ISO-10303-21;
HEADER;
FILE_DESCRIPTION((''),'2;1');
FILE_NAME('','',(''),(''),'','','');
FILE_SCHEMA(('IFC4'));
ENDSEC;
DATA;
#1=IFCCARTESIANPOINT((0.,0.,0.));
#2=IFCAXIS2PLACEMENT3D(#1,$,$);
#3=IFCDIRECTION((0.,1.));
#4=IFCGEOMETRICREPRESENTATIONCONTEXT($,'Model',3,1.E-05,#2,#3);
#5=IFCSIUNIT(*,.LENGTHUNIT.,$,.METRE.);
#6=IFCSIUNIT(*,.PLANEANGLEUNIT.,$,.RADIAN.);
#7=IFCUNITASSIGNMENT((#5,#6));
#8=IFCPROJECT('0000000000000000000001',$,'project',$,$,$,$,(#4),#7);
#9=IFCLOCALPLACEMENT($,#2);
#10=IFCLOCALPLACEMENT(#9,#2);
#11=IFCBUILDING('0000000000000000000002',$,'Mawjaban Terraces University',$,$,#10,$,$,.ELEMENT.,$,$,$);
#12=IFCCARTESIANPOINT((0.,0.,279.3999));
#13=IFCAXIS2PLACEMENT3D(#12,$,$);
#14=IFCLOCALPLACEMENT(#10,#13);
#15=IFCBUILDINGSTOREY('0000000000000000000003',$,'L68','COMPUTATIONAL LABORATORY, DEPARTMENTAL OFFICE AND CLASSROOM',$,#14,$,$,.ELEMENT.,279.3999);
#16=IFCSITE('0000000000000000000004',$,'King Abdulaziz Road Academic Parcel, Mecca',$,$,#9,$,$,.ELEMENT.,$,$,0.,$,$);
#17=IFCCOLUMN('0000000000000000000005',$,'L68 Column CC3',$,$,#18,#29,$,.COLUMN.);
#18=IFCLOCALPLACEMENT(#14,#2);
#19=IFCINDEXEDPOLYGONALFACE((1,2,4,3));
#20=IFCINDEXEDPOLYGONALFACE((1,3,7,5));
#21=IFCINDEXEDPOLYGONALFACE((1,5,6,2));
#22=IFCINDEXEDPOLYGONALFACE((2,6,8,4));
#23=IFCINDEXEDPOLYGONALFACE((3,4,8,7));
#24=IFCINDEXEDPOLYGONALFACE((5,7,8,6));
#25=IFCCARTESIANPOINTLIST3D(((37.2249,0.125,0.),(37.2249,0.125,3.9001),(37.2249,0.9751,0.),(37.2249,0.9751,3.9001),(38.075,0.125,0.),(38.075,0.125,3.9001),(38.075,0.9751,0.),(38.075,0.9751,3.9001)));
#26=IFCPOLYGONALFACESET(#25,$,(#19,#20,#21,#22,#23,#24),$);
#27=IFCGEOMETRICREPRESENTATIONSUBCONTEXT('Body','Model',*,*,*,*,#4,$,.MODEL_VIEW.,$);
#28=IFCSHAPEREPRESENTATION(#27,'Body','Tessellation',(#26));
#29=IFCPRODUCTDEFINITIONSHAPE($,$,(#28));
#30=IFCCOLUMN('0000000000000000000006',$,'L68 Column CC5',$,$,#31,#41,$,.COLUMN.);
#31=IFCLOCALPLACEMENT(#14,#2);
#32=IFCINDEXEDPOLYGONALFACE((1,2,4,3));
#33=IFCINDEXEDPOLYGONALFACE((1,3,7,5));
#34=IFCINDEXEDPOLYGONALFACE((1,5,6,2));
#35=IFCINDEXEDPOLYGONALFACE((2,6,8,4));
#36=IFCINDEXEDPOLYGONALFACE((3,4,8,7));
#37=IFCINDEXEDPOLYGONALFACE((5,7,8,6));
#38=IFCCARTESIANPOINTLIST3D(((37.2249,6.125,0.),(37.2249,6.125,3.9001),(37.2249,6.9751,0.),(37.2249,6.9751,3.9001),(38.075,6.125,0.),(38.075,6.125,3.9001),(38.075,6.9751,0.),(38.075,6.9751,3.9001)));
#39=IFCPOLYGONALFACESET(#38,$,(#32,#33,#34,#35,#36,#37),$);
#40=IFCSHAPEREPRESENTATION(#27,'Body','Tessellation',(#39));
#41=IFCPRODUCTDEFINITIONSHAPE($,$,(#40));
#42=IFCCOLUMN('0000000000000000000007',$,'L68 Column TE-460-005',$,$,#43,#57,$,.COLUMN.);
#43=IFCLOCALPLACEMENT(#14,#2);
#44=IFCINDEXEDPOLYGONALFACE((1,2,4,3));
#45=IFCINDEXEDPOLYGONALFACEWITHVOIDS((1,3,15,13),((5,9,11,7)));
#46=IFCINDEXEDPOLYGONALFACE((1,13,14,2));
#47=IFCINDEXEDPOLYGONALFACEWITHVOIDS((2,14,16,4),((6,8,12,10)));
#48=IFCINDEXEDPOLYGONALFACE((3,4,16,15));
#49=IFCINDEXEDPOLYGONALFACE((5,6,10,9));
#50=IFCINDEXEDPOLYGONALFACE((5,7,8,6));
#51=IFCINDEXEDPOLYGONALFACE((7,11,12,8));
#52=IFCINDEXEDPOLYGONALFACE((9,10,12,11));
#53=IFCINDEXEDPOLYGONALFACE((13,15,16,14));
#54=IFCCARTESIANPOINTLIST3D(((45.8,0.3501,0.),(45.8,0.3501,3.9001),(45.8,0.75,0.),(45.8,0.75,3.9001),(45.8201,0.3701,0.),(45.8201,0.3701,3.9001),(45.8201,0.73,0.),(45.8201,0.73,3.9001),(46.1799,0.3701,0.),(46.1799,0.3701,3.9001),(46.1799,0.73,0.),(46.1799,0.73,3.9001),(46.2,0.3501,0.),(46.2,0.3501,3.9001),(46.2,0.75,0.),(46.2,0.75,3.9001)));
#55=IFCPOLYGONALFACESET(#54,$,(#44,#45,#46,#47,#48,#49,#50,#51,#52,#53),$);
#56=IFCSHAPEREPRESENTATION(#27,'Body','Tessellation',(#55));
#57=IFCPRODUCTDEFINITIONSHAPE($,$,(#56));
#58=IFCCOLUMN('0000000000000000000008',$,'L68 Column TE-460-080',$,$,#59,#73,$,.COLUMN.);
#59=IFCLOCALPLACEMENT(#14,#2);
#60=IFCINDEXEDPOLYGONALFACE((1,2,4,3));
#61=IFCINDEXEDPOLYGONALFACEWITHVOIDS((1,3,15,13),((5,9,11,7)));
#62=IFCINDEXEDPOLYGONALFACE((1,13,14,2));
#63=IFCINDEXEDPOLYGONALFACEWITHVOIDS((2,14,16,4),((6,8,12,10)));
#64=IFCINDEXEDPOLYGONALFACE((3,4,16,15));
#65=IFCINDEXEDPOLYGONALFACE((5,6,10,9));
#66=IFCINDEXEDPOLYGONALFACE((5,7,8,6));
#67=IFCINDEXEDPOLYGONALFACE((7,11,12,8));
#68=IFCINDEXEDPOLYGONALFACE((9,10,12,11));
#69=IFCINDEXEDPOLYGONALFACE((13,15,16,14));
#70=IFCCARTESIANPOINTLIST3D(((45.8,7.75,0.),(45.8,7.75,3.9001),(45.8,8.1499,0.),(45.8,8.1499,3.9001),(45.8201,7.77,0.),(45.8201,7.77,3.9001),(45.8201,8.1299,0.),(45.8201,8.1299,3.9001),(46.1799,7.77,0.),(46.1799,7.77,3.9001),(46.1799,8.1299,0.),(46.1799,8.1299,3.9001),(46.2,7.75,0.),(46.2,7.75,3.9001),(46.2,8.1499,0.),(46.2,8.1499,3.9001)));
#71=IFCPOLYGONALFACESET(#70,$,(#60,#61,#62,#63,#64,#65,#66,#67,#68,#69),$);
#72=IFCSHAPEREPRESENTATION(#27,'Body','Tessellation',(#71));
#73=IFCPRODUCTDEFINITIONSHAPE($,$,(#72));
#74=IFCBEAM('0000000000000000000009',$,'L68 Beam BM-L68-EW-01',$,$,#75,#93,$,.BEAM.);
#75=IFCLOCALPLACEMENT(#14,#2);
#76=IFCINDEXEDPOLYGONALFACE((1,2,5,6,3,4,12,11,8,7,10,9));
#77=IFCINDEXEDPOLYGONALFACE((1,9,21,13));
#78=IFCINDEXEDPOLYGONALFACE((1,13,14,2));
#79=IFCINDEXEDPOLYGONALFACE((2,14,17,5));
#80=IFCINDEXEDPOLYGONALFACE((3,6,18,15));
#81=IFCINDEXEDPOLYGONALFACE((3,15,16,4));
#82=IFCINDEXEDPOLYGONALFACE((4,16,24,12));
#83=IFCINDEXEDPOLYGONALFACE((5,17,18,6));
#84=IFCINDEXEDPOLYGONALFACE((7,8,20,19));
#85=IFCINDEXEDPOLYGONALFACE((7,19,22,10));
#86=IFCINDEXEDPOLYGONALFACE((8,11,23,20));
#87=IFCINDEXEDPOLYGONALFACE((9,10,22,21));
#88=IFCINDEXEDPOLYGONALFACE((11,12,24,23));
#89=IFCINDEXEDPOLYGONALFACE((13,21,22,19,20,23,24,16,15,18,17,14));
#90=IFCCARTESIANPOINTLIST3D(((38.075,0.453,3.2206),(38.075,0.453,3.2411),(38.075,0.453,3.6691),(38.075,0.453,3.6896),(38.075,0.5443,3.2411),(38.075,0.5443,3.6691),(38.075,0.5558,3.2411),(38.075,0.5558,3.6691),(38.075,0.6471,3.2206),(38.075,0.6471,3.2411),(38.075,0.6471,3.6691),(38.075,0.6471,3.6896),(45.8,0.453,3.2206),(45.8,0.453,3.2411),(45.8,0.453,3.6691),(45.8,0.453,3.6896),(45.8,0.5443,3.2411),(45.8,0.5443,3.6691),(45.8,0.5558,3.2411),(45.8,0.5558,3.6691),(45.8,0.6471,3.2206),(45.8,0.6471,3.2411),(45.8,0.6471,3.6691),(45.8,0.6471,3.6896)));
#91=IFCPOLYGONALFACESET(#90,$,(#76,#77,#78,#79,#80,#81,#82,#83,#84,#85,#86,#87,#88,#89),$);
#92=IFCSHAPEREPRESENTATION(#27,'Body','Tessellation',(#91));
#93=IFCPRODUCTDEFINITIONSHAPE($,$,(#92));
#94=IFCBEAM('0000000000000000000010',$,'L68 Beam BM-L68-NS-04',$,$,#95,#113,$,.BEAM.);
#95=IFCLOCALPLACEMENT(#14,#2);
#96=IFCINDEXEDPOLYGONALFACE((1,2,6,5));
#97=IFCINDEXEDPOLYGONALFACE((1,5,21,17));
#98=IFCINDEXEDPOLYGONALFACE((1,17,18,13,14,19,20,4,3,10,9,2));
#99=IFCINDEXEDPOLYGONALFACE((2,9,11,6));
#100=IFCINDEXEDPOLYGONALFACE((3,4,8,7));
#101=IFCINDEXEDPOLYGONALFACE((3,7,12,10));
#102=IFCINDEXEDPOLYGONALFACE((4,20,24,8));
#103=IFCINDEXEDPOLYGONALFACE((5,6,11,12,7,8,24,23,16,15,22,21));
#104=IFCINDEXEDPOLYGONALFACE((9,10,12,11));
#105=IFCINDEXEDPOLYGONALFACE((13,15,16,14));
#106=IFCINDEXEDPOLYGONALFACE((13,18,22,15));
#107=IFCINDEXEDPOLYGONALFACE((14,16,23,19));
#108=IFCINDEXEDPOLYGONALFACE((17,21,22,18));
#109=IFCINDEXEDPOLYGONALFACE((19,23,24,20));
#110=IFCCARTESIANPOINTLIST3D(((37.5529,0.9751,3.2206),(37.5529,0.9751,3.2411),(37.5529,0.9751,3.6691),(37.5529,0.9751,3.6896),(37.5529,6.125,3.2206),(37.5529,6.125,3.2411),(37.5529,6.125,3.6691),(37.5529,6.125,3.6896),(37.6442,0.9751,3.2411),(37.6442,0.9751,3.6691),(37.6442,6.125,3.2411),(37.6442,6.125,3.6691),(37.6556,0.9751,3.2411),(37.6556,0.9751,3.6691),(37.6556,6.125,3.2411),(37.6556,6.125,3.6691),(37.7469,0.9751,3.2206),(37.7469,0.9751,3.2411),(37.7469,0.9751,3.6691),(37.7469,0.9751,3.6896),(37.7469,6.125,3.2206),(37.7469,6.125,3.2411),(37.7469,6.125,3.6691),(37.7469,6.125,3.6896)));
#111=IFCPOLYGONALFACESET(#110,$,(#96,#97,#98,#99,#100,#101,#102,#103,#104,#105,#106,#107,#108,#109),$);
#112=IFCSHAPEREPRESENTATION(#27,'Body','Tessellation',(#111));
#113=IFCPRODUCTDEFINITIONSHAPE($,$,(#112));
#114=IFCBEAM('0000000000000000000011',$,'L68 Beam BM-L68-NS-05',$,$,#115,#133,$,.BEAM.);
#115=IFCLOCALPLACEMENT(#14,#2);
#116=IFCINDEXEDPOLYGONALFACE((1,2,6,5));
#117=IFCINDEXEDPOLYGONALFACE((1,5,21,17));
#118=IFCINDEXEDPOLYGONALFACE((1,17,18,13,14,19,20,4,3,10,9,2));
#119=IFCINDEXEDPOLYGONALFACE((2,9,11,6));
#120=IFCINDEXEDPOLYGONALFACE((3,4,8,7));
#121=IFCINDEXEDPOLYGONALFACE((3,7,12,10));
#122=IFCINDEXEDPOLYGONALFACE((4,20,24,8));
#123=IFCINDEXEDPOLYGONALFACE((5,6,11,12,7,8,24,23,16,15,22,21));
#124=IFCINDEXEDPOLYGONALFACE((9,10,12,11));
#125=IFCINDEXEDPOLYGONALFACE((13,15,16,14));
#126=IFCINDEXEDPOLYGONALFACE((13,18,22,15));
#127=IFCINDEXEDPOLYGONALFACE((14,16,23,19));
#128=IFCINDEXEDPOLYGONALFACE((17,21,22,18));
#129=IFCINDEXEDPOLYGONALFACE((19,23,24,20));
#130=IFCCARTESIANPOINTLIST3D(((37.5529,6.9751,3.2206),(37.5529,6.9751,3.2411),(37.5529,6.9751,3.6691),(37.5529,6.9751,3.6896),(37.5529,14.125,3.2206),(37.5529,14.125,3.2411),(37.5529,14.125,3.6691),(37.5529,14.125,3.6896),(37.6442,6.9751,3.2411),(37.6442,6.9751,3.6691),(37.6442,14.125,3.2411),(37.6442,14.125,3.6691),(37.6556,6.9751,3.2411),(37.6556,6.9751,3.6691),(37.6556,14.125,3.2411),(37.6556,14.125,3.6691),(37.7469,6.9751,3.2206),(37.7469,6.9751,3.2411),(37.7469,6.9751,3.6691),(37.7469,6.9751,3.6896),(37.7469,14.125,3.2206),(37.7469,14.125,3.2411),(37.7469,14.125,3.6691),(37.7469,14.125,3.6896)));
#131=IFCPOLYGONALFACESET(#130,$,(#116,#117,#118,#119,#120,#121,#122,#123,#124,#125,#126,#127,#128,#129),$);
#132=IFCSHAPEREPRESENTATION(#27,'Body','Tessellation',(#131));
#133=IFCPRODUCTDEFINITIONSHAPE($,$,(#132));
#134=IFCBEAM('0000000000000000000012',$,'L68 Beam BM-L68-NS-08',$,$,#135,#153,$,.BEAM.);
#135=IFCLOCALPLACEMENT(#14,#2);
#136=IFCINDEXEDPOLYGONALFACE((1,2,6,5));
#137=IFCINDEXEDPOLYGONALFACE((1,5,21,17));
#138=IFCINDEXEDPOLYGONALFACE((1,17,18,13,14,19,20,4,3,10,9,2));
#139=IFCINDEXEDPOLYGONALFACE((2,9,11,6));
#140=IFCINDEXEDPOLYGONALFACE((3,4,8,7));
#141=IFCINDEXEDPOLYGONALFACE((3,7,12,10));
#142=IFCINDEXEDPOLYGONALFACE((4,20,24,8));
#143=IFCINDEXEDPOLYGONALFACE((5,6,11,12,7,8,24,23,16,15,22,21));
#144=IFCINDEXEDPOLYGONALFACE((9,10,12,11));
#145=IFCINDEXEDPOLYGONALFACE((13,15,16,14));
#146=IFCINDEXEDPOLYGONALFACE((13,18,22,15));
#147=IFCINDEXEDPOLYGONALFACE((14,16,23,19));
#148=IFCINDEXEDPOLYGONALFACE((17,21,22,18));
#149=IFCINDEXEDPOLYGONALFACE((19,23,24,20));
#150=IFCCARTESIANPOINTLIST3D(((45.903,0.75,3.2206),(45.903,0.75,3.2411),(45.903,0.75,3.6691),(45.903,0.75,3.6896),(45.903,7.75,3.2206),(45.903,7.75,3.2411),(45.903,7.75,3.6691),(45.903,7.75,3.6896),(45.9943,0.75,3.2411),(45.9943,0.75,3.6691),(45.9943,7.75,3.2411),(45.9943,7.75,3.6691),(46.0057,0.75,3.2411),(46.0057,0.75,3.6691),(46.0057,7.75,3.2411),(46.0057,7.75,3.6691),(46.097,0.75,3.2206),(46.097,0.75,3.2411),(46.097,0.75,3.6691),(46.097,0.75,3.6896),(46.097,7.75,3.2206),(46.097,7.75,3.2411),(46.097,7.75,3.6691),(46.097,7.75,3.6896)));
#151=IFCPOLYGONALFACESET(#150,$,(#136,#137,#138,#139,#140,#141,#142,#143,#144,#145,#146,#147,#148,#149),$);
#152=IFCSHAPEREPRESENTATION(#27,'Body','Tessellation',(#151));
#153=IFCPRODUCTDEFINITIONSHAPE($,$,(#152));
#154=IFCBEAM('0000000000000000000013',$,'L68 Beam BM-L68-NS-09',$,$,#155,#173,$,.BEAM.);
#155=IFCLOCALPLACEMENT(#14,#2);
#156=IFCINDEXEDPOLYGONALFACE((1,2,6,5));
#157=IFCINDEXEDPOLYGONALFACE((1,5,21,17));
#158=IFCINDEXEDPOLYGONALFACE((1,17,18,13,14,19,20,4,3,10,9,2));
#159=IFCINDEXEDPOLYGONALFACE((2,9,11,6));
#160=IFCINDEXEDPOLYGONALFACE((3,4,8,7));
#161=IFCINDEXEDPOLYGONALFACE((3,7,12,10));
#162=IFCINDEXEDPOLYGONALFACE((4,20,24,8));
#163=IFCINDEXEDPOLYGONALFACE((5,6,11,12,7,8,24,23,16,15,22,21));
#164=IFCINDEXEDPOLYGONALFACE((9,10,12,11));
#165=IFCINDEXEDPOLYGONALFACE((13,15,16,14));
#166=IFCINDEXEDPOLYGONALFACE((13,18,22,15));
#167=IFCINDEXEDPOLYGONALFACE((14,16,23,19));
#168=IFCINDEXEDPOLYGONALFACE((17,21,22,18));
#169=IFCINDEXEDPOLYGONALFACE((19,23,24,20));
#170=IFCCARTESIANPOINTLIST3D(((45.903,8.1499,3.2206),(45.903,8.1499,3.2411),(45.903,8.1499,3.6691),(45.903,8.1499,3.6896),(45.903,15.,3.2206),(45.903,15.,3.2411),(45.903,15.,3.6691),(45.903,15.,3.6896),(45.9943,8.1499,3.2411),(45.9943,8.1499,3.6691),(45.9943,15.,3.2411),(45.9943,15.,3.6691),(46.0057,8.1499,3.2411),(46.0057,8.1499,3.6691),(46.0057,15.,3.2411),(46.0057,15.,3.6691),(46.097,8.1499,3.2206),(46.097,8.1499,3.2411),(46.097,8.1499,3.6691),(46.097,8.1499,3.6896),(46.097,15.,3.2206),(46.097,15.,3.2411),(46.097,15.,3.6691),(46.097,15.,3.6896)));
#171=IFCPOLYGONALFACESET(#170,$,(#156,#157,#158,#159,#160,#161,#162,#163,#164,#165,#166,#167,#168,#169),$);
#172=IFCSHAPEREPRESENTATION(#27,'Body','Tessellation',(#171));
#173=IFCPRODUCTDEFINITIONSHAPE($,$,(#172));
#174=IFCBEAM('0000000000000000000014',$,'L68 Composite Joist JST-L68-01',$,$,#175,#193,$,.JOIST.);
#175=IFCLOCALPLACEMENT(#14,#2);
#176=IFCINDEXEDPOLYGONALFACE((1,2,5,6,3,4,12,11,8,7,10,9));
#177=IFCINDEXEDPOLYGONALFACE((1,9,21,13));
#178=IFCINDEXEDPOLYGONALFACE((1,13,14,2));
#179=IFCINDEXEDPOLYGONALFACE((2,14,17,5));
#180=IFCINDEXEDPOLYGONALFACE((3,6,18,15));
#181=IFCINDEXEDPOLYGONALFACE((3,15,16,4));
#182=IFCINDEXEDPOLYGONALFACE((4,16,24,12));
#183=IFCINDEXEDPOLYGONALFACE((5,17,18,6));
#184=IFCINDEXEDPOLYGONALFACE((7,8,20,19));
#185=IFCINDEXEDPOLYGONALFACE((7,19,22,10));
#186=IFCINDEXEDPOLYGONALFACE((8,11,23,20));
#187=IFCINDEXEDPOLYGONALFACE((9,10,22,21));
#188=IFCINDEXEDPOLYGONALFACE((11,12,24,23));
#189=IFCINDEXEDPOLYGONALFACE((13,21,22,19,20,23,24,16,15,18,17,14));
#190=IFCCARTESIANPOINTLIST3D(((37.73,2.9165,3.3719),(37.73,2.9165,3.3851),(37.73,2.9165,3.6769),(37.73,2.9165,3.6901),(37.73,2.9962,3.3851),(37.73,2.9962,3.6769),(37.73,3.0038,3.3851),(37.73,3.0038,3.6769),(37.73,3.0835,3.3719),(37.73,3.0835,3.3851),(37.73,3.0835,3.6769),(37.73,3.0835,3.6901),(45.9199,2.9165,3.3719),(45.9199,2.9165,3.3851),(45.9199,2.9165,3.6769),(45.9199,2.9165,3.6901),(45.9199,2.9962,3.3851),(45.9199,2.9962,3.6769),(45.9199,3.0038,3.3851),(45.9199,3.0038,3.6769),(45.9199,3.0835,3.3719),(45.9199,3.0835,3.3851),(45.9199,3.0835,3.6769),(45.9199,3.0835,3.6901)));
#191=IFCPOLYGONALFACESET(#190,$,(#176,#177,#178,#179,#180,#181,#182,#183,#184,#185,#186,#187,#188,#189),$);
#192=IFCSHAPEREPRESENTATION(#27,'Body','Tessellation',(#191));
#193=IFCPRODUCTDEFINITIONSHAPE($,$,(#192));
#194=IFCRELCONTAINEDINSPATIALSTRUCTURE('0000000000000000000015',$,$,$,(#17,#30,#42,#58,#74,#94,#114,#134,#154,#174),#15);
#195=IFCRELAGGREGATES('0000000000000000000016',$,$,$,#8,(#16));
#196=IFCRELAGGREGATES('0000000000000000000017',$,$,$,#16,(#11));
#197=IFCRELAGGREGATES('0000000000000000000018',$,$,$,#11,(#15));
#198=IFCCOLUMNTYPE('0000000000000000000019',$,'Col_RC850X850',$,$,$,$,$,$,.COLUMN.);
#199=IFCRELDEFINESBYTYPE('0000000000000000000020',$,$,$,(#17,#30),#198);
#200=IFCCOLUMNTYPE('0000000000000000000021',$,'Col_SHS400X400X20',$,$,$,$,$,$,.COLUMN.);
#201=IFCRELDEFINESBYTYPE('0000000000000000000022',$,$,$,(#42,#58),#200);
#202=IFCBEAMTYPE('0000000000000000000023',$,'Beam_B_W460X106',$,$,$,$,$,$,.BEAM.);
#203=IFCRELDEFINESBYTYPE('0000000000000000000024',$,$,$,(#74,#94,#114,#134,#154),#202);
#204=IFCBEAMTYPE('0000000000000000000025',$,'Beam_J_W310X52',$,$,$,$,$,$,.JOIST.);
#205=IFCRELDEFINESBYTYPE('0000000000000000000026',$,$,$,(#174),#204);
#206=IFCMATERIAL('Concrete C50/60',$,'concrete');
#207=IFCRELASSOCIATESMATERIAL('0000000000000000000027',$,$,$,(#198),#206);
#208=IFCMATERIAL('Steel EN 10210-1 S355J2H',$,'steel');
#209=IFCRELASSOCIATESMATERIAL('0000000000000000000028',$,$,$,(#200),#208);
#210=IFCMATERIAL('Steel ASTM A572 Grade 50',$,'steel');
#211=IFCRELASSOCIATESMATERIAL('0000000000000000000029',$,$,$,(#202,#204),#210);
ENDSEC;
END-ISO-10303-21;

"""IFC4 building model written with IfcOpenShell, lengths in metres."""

from ifc_helpers import new_model, si_unit, direction, frame, origin, origin_2d, place, context, subcontext, project, spatial, rectangle, hollow_rectangle, i_section, extrude, material, material_profile, profile_set, type_object, element, save


model = new_model("IFC4")

# Units and contexts
model_context = context("Model", 3, precision=1e-05, world=origin(), true_north=direction((0.0, 1.0)))
body_context = subcontext(model_context, "Body", "Model", "MODEL_VIEW")
ifc_project = project(units=[si_unit("LENGTHUNIT", "METRE"), si_unit("PLANEANGLEUNIT", "RADIAN")], contexts=[model_context])

# Site, building, storey
site_placement = place(None, origin())
site = spatial("IfcSite", under=ifc_project, at=site_placement, Name="King Abdulaziz Road Academic Parcel, Mecca", CompositionType="ELEMENT", RefElevation=0.0)
building_placement = place(site_placement, origin())
building = spatial("IfcBuilding", under=site, at=building_placement, Name="Mawjaban Terraces University", CompositionType="ELEMENT")
storey_placement = place(building_placement, frame((0.0, 0.0, 279.3999)))
storey = spatial("IfcBuildingStorey", under=building, at=storey_placement, Name="L68", Description="COMPUTATIONAL LABORATORY, DEPARTMENTAL OFFICE AND CLASSROOM", CompositionType="ELEMENT", Elevation=279.3999)

# Columns
ifc_material_1 = material(Name="Concrete C50/60", Category="concrete")
ifc_material_profile_1 = material_profile(ifc_material_1, rectangle(XDim=0.8501, YDim=0.8501, at=origin_2d()), Name="RC850X850")
ifc_profile_set_1 = profile_set([ifc_material_profile_1], Name="Concrete C50/60")
column_type_1 = type_object("IfcColumnType", Name="Col_RC850X850", PredefinedType="COLUMN", material=ifc_profile_set_1)
for number, where, z_axis, x_axis, name in (
    (1, (37.6499, 0.55, 0.0), (0.0, 0.0, 1.0), (1.0, 0.0, 0.0), "L68 Column CC3"),
    (2, (37.6499, 6.55, 0.0), (0.0, 0.0, 1.0), (1.0, 0.0, 0.0), "L68 Column CC5"),
):
    element("IfcColumn", number, at=place(storey_placement, frame(where, z_axis=z_axis, x_axis=x_axis)), inside=storey, type_object=column_type_1, Name=name, PredefinedType="COLUMN", context=body_context, shape_type="SweptSolid", body=[
        extrude(rectangle(XDim=0.8501, YDim=0.8501, at=origin_2d()), origin(), (0.0, 0.0, 1.0), 3.9001),
    ])
ifc_material_2 = material(Name="Steel EN 10210-1 S355J2H", Category="steel")
ifc_material_profile_2 = material_profile(ifc_material_2, hollow_rectangle(XDim=0.3999, YDim=0.3999, WallThickness=0.02, at=origin_2d()), Name="SHS400X400X20")
ifc_profile_set_2 = profile_set([ifc_material_profile_2], Name="Steel EN 10210-1 S355J2H")
column_type_2 = type_object("IfcColumnType", Name="Col_SHS400X400X20", PredefinedType="COLUMN", material=ifc_profile_set_2)
for number, where, z_axis, x_axis, name in (
    (3, (46.0, 0.55, 0.0), (0.0, 0.0, 1.0), (1.0, 0.0, 0.0), "L68 Column TE-460-005"),
    (4, (46.0, 7.95, 0.0), (0.0, 0.0, 1.0), (1.0, 0.0, 0.0), "L68 Column TE-460-080"),
):
    element("IfcColumn", number, at=place(storey_placement, frame(where, z_axis=z_axis, x_axis=x_axis)), inside=storey, type_object=column_type_2, Name=name, PredefinedType="COLUMN", context=body_context, shape_type="SweptSolid", body=[
        extrude(hollow_rectangle(XDim=0.3999, YDim=0.3999, WallThickness=0.02, at=origin_2d()), origin(), (0.0, 0.0, 1.0), 3.9001),
    ])

# Beams
ifc_material_3 = material(Name="Steel ASTM A572 Grade 50", Category="steel")
ifc_material_profile_3 = material_profile(ifc_material_3, i_section(OverallWidth=0.1941, OverallDepth=0.469, WebThickness=0.0115, FlangeThickness=0.0205, at=origin_2d()), Name="W460X106")
ifc_profile_set_3 = profile_set([ifc_material_profile_3], Name="Steel ASTM A572 Grade 50")
beam_type_1 = type_object("IfcBeamType", Name="Beam_B_W460X106", PredefinedType="BEAM", material=ifc_profile_set_3)
beam_1_placement = place(storey_placement, frame((38.075, 0.55, 3.4551), z_axis=(1.0, 0.0, 0.0), x_axis=(0.0, 1.0, 0.0)))
element("IfcBeam", 5, at=beam_1_placement, inside=storey, type_object=beam_type_1, Name="L68 Beam BM-L68-EW-01", PredefinedType="BEAM", context=body_context, shape_type="SweptSolid", body=[
    extrude(i_section(OverallWidth=0.1941, OverallDepth=0.469, WebThickness=0.0115, FlangeThickness=0.0205, at=origin_2d()), origin(), (0.0, 0.0, 1.0), 7.7251),
])
beam_2_placement = place(storey_placement, frame((37.6499, 0.9751, 3.4551), z_axis=(0.0, 1.0, 0.0), x_axis=(-1.0, 0.0, 0.0)))
element("IfcBeam", 6, at=beam_2_placement, inside=storey, type_object=beam_type_1, Name="L68 Beam BM-L68-NS-04", PredefinedType="BEAM", context=body_context, shape_type="SweptSolid", body=[
    extrude(i_section(OverallWidth=0.1941, OverallDepth=0.469, WebThickness=0.0115, FlangeThickness=0.0205, at=origin_2d()), origin(), (0.0, 0.0, 1.0), 5.1499),
])
beam_3_placement = place(storey_placement, frame((37.6499, 6.9751, 3.4551), z_axis=(0.0, 1.0, 0.0), x_axis=(-1.0, 0.0, 0.0)))
element("IfcBeam", 7, at=beam_3_placement, inside=storey, type_object=beam_type_1, Name="L68 Beam BM-L68-NS-05", PredefinedType="BEAM", context=body_context, shape_type="SweptSolid", body=[
    extrude(i_section(OverallWidth=0.1941, OverallDepth=0.469, WebThickness=0.0115, FlangeThickness=0.0205, at=origin_2d()), origin(), (0.0, 0.0, 1.0), 7.1499),
])
beam_4_placement = place(storey_placement, frame((46.0, 0.75, 3.4551), z_axis=(0.0, 1.0, 0.0), x_axis=(-1.0, 0.0, 0.0)))
element("IfcBeam", 8, at=beam_4_placement, inside=storey, type_object=beam_type_1, Name="L68 Beam BM-L68-NS-08", PredefinedType="BEAM", context=body_context, shape_type="SweptSolid", body=[
    extrude(i_section(OverallWidth=0.1941, OverallDepth=0.469, WebThickness=0.0115, FlangeThickness=0.0205, at=origin_2d()), origin(), (0.0, 0.0, 1.0), 7.0),
])
beam_5_placement = place(storey_placement, frame((46.0, 8.1499, 3.4551), z_axis=(0.0, 1.0, 0.0), x_axis=(-1.0, 0.0, 0.0)))
element("IfcBeam", 9, at=beam_5_placement, inside=storey, type_object=beam_type_1, Name="L68 Beam BM-L68-NS-09", PredefinedType="BEAM", context=body_context, shape_type="SweptSolid", body=[
    extrude(i_section(OverallWidth=0.1941, OverallDepth=0.469, WebThickness=0.0115, FlangeThickness=0.0205, at=origin_2d()), origin(), (0.0, 0.0, 1.0), 6.8501),
])
ifc_material_profile_4 = material_profile(ifc_material_3, i_section(OverallWidth=0.167, OverallDepth=0.3181, WebThickness=0.0076, FlangeThickness=0.0132, at=origin_2d()), Name="W310X52")
ifc_profile_set_4 = profile_set([ifc_material_profile_4], Name="Steel ASTM A572 Grade 50")
beam_type_2 = type_object("IfcBeamType", Name="Beam_J_W310X52", PredefinedType="JOIST", material=ifc_profile_set_4)
for number, where, z_axis, x_axis, name in (
    (10, (37.73, 3.0, 3.531), (1.0, 0.0, 0.0), (0.0, 1.0, 0.0), "L68 Composite Joist JST-L68-01"),
):
    element("IfcBeam", number, at=place(storey_placement, frame(where, z_axis=z_axis, x_axis=x_axis)), inside=storey, type_object=beam_type_2, Name=name, PredefinedType="JOIST", context=body_context, shape_type="SweptSolid", body=[
        extrude(i_section(OverallWidth=0.167, OverallDepth=0.3181, WebThickness=0.0076, FlangeThickness=0.0132, at=origin_2d()), origin(), (0.0, 0.0, 1.0), 8.1899),
    ])

save(model, "model.ifc")
